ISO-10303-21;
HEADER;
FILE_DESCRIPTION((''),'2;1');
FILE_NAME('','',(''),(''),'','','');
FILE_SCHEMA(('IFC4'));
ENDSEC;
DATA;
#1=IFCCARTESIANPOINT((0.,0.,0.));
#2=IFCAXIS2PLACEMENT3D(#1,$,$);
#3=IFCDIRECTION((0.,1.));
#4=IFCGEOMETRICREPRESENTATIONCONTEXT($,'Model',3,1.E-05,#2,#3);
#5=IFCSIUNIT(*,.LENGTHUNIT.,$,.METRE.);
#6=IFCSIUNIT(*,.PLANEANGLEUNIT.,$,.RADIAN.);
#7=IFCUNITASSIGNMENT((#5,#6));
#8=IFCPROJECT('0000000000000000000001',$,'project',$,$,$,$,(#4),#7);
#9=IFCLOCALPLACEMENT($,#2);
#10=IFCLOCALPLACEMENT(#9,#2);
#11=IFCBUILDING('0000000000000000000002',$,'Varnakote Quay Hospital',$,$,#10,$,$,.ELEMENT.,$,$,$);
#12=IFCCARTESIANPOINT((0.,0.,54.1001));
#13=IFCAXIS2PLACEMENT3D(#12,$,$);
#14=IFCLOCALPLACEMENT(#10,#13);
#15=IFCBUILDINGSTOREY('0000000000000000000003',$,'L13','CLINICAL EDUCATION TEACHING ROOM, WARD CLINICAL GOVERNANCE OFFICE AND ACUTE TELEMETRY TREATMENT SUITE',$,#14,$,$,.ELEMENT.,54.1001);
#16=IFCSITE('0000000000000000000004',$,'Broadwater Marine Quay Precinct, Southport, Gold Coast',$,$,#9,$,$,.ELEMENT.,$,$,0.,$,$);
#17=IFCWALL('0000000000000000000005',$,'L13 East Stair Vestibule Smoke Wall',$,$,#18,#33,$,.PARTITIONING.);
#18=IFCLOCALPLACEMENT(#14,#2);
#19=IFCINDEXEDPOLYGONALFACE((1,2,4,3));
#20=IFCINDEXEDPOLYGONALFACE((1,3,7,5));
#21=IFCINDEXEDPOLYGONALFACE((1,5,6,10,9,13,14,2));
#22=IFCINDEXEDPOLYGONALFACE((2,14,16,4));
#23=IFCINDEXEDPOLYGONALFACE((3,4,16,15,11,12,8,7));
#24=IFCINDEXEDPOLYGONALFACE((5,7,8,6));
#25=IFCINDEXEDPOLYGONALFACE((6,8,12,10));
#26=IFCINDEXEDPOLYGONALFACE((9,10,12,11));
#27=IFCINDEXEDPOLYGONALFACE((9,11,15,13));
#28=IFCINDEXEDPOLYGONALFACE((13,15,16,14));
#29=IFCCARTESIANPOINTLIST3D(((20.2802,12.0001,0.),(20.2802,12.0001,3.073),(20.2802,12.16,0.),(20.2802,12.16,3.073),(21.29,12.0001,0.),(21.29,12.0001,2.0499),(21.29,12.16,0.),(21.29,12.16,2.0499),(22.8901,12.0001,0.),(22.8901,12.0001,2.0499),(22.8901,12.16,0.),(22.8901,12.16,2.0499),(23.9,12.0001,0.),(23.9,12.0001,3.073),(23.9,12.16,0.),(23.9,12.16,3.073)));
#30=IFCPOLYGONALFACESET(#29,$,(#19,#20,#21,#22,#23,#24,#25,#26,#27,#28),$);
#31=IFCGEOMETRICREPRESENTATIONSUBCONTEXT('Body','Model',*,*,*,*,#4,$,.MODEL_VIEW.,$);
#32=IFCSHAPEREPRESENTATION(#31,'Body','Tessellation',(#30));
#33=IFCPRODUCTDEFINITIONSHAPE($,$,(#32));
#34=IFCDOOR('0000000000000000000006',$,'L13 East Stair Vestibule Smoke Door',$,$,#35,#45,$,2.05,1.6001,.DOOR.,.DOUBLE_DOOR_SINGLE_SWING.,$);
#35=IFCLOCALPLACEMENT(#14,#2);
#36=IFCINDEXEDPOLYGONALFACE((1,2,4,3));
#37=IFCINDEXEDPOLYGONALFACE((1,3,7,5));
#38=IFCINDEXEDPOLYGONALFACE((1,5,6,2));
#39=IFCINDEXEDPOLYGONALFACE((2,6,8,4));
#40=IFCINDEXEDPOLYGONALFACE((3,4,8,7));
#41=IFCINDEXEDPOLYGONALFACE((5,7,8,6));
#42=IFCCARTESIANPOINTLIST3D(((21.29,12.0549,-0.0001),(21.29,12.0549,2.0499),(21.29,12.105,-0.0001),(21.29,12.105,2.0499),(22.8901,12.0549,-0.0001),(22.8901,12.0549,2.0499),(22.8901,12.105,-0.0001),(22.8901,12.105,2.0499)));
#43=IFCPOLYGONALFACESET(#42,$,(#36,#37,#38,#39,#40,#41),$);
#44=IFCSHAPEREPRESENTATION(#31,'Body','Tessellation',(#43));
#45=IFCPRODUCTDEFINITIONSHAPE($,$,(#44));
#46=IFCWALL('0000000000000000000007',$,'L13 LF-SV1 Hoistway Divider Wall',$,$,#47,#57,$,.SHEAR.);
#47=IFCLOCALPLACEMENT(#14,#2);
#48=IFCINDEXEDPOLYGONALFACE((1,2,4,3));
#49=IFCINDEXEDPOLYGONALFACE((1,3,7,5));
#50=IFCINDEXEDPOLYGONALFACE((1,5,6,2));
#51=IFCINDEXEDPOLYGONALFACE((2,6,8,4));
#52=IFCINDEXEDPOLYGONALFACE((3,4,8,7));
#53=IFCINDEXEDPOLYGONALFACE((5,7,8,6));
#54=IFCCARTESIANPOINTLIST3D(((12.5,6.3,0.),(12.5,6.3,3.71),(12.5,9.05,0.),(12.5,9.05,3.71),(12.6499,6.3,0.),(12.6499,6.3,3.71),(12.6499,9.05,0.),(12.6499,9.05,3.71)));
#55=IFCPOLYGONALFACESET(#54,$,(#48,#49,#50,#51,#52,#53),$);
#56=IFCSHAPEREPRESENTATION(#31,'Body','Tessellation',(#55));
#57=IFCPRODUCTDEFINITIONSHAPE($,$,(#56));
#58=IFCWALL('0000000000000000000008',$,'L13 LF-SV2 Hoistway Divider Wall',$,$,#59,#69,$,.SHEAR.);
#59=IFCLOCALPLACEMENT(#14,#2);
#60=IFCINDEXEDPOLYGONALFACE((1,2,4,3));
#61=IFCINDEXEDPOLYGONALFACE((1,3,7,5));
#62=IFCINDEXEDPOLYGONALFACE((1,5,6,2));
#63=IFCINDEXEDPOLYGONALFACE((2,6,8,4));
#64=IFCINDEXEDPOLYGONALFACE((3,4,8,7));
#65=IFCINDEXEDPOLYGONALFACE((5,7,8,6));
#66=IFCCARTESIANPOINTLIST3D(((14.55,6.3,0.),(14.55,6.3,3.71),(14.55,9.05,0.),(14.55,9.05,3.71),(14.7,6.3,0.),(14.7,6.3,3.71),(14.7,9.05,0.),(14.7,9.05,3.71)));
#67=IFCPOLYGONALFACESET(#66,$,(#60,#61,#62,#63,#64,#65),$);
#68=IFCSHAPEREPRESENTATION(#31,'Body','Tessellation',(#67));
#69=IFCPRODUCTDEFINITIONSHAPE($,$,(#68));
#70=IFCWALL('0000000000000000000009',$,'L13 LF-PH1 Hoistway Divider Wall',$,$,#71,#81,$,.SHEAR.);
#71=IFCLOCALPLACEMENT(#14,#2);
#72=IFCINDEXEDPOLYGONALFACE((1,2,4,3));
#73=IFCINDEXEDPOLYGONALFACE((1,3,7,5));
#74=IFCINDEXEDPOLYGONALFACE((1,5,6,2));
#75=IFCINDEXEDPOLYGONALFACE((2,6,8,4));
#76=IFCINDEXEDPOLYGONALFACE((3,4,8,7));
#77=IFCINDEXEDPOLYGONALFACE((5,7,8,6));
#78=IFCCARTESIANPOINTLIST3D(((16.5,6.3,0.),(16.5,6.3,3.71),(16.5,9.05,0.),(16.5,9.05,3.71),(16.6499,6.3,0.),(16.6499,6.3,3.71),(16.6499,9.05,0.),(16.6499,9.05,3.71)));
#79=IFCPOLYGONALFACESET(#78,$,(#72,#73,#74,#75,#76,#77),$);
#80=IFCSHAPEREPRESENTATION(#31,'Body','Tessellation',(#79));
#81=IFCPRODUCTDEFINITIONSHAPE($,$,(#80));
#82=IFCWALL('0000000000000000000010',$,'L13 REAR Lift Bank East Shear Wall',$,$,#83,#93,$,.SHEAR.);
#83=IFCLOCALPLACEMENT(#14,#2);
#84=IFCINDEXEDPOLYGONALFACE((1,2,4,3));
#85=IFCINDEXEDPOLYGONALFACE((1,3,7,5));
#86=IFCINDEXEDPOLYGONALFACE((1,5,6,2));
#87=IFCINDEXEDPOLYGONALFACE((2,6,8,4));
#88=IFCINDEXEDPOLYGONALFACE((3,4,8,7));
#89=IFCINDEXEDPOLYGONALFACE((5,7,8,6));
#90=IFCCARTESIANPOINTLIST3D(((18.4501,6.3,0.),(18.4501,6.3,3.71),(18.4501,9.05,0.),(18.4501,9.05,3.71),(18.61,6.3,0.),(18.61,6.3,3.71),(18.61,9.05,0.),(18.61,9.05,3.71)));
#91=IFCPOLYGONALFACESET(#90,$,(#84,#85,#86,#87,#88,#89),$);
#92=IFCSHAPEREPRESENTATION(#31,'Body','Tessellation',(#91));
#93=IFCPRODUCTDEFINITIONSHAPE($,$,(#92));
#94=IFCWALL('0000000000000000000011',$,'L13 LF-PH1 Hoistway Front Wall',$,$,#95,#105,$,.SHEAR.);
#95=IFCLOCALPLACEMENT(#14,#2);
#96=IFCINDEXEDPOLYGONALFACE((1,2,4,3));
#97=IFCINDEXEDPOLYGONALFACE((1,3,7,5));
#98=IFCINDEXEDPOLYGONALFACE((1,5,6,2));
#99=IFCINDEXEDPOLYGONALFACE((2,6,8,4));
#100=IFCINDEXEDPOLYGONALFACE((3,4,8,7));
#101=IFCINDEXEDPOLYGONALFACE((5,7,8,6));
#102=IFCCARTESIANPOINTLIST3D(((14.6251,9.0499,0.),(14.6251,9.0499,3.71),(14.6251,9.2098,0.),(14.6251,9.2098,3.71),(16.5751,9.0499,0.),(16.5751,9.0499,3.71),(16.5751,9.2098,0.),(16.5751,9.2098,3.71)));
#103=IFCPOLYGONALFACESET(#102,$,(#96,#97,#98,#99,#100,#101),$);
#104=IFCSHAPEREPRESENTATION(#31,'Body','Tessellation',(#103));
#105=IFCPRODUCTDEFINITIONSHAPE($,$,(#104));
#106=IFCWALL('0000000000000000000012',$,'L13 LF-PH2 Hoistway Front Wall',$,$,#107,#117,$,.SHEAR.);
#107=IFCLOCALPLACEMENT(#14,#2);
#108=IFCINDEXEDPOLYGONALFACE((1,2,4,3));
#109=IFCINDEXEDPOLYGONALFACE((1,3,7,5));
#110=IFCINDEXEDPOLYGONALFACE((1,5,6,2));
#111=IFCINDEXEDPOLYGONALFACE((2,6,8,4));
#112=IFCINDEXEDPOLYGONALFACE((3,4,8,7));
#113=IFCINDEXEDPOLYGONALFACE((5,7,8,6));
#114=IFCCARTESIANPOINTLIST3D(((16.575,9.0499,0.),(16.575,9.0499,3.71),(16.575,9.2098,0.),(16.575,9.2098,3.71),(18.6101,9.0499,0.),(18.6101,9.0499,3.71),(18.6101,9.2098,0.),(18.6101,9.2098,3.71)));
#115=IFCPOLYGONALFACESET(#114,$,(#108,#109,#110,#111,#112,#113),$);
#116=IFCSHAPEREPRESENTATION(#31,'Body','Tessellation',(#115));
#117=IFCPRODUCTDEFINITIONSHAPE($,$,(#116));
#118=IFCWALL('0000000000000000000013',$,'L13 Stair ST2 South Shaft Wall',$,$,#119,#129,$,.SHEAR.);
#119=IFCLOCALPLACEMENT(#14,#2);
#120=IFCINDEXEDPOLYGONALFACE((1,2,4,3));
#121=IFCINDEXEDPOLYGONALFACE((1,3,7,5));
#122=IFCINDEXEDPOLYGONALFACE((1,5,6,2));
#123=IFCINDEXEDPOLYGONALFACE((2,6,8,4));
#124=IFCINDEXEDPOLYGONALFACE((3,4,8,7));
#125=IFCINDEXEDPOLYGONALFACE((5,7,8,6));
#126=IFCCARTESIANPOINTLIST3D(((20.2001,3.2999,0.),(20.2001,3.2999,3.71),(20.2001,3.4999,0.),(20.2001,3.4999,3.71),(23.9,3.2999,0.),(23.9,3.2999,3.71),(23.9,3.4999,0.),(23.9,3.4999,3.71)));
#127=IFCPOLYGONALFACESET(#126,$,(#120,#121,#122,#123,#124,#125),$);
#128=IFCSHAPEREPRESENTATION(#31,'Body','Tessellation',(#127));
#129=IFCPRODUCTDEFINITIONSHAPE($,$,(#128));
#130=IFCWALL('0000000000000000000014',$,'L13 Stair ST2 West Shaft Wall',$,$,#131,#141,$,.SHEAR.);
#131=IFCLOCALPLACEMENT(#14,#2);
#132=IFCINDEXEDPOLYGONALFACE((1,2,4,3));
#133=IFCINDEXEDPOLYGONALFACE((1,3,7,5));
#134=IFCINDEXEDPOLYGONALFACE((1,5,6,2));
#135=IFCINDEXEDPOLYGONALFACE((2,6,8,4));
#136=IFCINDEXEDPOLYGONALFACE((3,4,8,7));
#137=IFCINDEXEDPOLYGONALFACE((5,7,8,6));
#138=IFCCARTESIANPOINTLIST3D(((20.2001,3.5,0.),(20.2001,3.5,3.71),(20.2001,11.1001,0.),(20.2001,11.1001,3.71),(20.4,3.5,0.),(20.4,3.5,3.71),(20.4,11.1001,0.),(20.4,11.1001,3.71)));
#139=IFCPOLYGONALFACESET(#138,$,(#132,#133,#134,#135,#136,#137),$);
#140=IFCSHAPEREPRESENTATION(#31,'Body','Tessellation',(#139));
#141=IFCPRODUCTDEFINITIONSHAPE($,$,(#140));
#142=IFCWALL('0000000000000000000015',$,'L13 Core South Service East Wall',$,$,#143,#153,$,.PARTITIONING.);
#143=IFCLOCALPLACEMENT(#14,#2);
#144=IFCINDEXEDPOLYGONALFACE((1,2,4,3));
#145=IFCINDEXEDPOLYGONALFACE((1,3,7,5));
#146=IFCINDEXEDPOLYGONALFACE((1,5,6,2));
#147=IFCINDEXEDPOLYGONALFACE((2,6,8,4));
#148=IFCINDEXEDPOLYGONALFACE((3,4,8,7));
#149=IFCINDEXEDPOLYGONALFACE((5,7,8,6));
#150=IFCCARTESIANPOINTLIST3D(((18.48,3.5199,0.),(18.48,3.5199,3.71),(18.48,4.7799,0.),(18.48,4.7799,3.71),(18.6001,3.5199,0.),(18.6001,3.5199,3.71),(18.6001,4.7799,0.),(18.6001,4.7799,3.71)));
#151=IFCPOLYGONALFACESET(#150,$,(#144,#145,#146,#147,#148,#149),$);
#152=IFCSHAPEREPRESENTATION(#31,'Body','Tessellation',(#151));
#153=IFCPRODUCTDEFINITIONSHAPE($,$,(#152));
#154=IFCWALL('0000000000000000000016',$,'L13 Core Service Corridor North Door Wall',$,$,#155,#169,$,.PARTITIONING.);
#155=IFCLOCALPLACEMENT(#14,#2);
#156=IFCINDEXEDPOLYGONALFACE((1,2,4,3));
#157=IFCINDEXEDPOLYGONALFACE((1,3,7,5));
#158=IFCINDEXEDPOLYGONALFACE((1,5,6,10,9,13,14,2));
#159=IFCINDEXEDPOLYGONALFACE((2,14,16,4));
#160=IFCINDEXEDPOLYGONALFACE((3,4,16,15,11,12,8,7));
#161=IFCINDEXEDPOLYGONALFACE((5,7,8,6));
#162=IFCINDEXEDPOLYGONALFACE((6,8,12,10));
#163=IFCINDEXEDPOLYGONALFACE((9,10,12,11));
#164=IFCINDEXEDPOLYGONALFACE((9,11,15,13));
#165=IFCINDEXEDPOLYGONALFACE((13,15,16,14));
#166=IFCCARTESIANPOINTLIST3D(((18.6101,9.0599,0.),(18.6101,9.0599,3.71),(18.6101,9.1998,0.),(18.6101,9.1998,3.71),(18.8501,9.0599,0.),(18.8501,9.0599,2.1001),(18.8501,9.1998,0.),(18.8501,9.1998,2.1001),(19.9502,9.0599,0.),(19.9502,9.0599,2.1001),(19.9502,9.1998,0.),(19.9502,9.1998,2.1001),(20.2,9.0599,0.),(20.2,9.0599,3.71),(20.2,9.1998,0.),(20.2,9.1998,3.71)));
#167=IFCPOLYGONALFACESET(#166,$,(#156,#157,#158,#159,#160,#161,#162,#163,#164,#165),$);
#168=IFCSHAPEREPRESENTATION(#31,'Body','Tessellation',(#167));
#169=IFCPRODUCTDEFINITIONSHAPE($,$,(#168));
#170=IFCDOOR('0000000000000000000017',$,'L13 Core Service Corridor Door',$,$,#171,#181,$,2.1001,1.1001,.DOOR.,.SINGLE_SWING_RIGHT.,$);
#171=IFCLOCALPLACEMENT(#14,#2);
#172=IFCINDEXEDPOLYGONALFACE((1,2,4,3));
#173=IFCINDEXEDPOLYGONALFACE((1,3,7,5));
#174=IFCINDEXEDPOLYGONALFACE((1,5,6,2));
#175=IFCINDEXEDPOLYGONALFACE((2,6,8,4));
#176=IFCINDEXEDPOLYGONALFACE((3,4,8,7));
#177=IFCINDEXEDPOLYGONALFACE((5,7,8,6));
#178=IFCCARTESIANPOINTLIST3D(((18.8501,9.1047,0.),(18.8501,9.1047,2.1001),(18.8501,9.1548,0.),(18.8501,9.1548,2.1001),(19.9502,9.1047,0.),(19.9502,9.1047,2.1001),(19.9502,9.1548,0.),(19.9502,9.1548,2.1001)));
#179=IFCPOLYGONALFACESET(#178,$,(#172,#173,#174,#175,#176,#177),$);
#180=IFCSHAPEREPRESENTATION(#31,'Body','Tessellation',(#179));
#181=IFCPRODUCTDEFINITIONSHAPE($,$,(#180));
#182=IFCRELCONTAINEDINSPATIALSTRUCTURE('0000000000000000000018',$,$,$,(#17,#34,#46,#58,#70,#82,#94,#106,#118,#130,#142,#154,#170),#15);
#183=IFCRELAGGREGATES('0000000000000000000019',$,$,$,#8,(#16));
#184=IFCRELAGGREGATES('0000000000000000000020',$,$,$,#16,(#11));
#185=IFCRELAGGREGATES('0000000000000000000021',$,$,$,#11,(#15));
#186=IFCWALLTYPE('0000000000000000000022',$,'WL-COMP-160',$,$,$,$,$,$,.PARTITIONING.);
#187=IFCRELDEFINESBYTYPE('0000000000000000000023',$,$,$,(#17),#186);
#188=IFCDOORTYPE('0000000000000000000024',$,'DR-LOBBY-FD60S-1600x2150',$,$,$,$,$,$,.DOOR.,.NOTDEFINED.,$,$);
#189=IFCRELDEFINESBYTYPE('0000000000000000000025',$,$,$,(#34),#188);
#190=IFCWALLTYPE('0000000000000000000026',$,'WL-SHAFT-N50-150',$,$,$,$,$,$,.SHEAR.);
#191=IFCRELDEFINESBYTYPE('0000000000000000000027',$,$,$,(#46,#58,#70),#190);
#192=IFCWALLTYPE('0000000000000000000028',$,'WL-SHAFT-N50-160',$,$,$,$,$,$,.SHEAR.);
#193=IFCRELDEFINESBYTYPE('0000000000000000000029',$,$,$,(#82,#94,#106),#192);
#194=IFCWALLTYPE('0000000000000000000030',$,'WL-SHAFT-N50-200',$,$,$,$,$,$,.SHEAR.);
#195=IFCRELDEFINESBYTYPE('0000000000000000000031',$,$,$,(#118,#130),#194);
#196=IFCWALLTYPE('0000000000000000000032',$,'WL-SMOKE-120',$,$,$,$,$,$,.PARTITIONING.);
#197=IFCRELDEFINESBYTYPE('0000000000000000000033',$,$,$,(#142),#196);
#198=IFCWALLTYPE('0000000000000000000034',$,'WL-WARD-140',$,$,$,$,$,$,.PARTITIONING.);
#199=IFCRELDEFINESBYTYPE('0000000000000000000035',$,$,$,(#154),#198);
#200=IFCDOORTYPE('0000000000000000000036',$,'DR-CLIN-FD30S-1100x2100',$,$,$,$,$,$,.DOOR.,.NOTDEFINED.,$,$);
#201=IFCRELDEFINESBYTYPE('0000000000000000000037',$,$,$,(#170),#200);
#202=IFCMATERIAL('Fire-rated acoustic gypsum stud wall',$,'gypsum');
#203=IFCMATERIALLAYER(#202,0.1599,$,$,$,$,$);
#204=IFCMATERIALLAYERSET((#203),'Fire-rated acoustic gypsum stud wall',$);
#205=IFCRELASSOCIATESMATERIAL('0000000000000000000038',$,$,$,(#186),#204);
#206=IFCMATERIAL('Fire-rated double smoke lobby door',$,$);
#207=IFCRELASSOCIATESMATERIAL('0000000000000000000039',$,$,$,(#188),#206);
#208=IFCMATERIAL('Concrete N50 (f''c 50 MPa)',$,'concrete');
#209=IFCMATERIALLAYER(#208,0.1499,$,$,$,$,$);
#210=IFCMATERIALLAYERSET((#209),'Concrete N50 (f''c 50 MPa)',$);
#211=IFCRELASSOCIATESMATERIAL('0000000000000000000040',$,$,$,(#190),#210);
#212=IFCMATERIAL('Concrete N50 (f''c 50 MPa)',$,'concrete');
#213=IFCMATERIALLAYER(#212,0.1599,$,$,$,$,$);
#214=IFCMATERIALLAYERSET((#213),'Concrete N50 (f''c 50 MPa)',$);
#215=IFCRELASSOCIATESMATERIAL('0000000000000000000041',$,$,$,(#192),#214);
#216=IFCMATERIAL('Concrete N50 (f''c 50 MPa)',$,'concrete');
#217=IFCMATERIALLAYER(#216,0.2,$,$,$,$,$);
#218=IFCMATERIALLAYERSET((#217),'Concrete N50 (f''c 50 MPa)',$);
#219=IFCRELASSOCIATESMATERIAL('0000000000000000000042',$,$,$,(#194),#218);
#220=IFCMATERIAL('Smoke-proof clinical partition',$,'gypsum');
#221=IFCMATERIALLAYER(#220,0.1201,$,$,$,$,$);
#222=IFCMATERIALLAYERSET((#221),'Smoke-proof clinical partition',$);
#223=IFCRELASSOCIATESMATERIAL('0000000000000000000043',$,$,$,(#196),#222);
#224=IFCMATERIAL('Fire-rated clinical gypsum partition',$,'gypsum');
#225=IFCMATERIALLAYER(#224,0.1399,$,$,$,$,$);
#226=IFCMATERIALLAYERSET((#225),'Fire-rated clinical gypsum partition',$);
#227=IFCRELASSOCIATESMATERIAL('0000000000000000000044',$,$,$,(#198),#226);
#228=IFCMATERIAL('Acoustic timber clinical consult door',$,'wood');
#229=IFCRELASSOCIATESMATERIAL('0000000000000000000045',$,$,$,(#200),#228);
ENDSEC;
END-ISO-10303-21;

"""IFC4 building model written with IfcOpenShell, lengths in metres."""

from ifc_helpers import new_model, si_unit, direction, frame, frame_2d, origin, place, context, subcontext, project, spatial, rectangle, extrude, material, layer, layer_set, type_object, element, fill, save


model = new_model("IFC4")

# Units and contexts
model_context = context("Model", 3, precision=1e-05, world=origin(), true_north=direction((0.0, 1.0)))
body_context = subcontext(model_context, "Body", "Model", "MODEL_VIEW")
ifc_project = project(units=[si_unit("LENGTHUNIT", "METRE"), si_unit("PLANEANGLEUNIT", "RADIAN")], contexts=[model_context])

# Site, building, storey
site_placement = place(None, origin())
site = spatial("IfcSite", under=ifc_project, at=site_placement, Name="Broadwater Marine Quay Precinct, Southport, Gold Coast", CompositionType="ELEMENT", RefElevation=0.0)
building_placement = place(site_placement, origin())
building = spatial("IfcBuilding", under=site, at=building_placement, Name="Varnakote Quay Hospital", CompositionType="ELEMENT")
storey_placement = place(building_placement, frame((0.0, 0.0, 54.1001)))
storey = spatial("IfcBuildingStorey", under=building, at=storey_placement, Name="L13", Description="CLINICAL EDUCATION TEACHING ROOM, WARD CLINICAL GOVERNANCE OFFICE AND ACUTE TELEMETRY TREATMENT SUITE", CompositionType="ELEMENT", Elevation=54.1001)

# Shared definitions
ifc_material_1 = material(Name="Fire-rated acoustic gypsum stud wall", Category="gypsum")
ifc_layer_1 = layer(ifc_material_1, 0.1599)
ifc_layer_set_1 = layer_set([ifc_layer_1], Name="Fire-rated acoustic gypsum stud wall")
wall_type_1 = type_object("IfcWallType", Name="WL-COMP-160", PredefinedType="PARTITIONING", material=ifc_layer_set_1)

# Shared definitions
ifc_material_2 = material(Name="Fire-rated double smoke lobby door")
door_type_1 = type_object("IfcDoorType", Name="DR-LOBBY-FD60S-1600x2150", OperationType="NOTDEFINED", PredefinedType="DOOR", material=ifc_material_2)

# Wall, opening, door
wall_1_placement = place(storey_placement, frame((20.28, 12.0801, 0.0), z_axis=(0.0, 0.0, 1.0), x_axis=(1.0, 0.0, 0.0)))
wall_1 = element("IfcWall", 1, at=wall_1_placement, inside=storey, type_object=wall_type_1, Name="L13 East Stair Vestibule Smoke Wall", PredefinedType="PARTITIONING", context=body_context, shape_type="SweptSolid", body=[
    extrude(rectangle(XDim=3.6199, YDim=0.1599, at=frame_2d((1.8101, 0.0))), origin(), (0.0, 0.0, 1.0), 3.073),
])
opening_1_placement = place(wall_1_placement, frame((1.01, 0.0, 0.0)))
opening_1 = element("IfcOpeningElement", 2, at=opening_1_placement, cuts=wall_1, PredefinedType="OPENING", context=body_context, shape_type="SweptSolid", body=[
    extrude(rectangle(XDim=1.6001, YDim=2.05, at=frame_2d((0.8, 1.0249))), frame((0.0, 0.0898, 0.0), z_axis=(0.0, -1.0, 0.0), x_axis=(1.0, 0.0, 0.0)), (0.0, 0.0, 1.0), 0.1799),
])
door_1_placement = place(opening_1_placement, origin())
door_1 = element("IfcDoor", 3, at=door_1_placement, inside=storey, type_object=door_type_1, Name="L13 East Stair Vestibule Smoke Door", OperationType="DOUBLE_DOOR_SINGLE_SWING", OverallHeight=2.05, OverallWidth=1.6001, PredefinedType="DOOR", context=body_context, shape_type="SweptSolid", body=[
    extrude(rectangle(XDim=1.6001, YDim=2.05, at=frame_2d((0.8, 1.0249))), frame((0.0, 0.0249, 0.0), z_axis=(0.0, -1.0, 0.0), x_axis=(1.0, 0.0, 0.0)), (0.0, 0.0, 1.0), 0.05),
])
fill(opening_1, door_1)

# Walls
ifc_material_3 = material(Name="Concrete N50 (f'c 50 MPa)", Category="concrete")
ifc_layer_2 = layer(ifc_material_3, 0.1499)
ifc_layer_set_2 = layer_set([ifc_layer_2], Name="Concrete N50 (f'c 50 MPa)")
wall_type_2 = type_object("IfcWallType", Name="WL-SHAFT-N50-150", PredefinedType="SHEAR", material=ifc_layer_set_2)
for number, where, z_axis, x_axis, name in (
    (4, (12.575, 6.3, 0.0), (0.0, 0.0, 1.0), (0.0, 1.0, 0.0), "L13 LF-SV1 Hoistway Divider Wall"),
    (5, (14.625, 6.3, 0.0), (0.0, 0.0, 1.0), (0.0, 1.0, 0.0), "L13 LF-SV2 Hoistway Divider Wall"),
    (6, (16.575, 6.3, 0.0), (0.0, 0.0, 1.0), (0.0, 1.0, 0.0), "L13 LF-PH1 Hoistway Divider Wall"),
):
    element("IfcWall", number, at=place(storey_placement, frame(where, z_axis=z_axis, x_axis=x_axis)), inside=storey, type_object=wall_type_2, Name=name, PredefinedType="SHEAR", context=body_context, shape_type="SweptSolid", body=[
        extrude(rectangle(XDim=2.75, YDim=0.1499, at=frame_2d((1.375, 0.0))), origin(), (0.0, 0.0, 1.0), 3.71),
    ])
ifc_material_4 = material(Name="Concrete N50 (f'c 50 MPa)", Category="concrete")
ifc_layer_3 = layer(ifc_material_4, 0.1599)
ifc_layer_set_3 = layer_set([ifc_layer_3], Name="Concrete N50 (f'c 50 MPa)")
wall_type_3 = type_object("IfcWallType", Name="WL-SHAFT-N50-160", PredefinedType="SHEAR", material=ifc_layer_set_3)
wall_2_placement = place(storey_placement, frame((18.53, 6.3, 0.0), z_axis=(0.0, 0.0, 1.0), x_axis=(0.0, 1.0, 0.0)))
element("IfcWall", 7, at=wall_2_placement, inside=storey, type_object=wall_type_3, Name="L13 REAR Lift Bank East Shear Wall", PredefinedType="SHEAR", context=body_context, shape_type="SweptSolid", body=[
    extrude(rectangle(XDim=2.75, YDim=0.1599, at=frame_2d((1.375, 0.0))), origin(), (0.0, 0.0, 1.0), 3.71),
])

# Walls
wall_3_placement = place(storey_placement, frame((14.625, 9.1299, 0.0), z_axis=(0.0, 0.0, 1.0), x_axis=(1.0, 0.0, 0.0)))
element("IfcWall", 8, at=wall_3_placement, inside=storey, type_object=wall_type_3, Name="L13 LF-PH1 Hoistway Front Wall", PredefinedType="SHEAR", context=body_context, shape_type="SweptSolid", body=[
    extrude(rectangle(XDim=1.95, YDim=0.1599, at=frame_2d((0.9751, 0.0))), origin(), (0.0, 0.0, 1.0), 3.71),
])
wall_4_placement = place(storey_placement, frame((16.575, 9.1299, 0.0), z_axis=(0.0, 0.0, 1.0), x_axis=(1.0, 0.0, 0.0)))
element("IfcWall", 9, at=wall_4_placement, inside=storey, type_object=wall_type_3, Name="L13 LF-PH2 Hoistway Front Wall", PredefinedType="SHEAR", context=body_context, shape_type="SweptSolid", body=[
    extrude(rectangle(XDim=2.0352, YDim=0.1599, at=frame_2d((1.0176, 0.0))), origin(), (0.0, 0.0, 1.0), 3.71),
])
ifc_material_5 = material(Name="Concrete N50 (f'c 50 MPa)", Category="concrete")
ifc_layer_4 = layer(ifc_material_5, 0.2)
ifc_layer_set_4 = layer_set([ifc_layer_4], Name="Concrete N50 (f'c 50 MPa)")
wall_type_4 = type_object("IfcWallType", Name="WL-SHAFT-N50-200", PredefinedType="SHEAR", material=ifc_layer_set_4)
wall_5_placement = place(storey_placement, frame((20.2, 3.3999, 0.0), z_axis=(0.0, 0.0, 1.0), x_axis=(1.0, 0.0, 0.0)))
element("IfcWall", 10, at=wall_5_placement, inside=storey, type_object=wall_type_4, Name="L13 Stair ST2 South Shaft Wall", PredefinedType="SHEAR", context=body_context, shape_type="SweptSolid", body=[
    extrude(rectangle(XDim=3.7, YDim=0.2, at=frame_2d((1.8501, 0.0))), origin(), (0.0, 0.0, 1.0), 3.71),
])
wall_6_placement = place(storey_placement, frame((20.3, 3.5, 0.0), z_axis=(0.0, 0.0, 1.0), x_axis=(0.0, 1.0, 0.0)))
element("IfcWall", 11, at=wall_6_placement, inside=storey, type_object=wall_type_4, Name="L13 Stair ST2 West Shaft Wall", PredefinedType="SHEAR", context=body_context, shape_type="SweptSolid", body=[
    extrude(rectangle(XDim=7.6001, YDim=0.2, at=frame_2d((3.8, 0.0))), origin(), (0.0, 0.0, 1.0), 3.71),
])

# Wall
ifc_material_6 = material(Name="Smoke-proof clinical partition", Category="gypsum")
ifc_layer_5 = layer(ifc_material_6, 0.1201)
ifc_layer_set_5 = layer_set([ifc_layer_5], Name="Smoke-proof clinical partition")
wall_type_5 = type_object("IfcWallType", Name="WL-SMOKE-120", PredefinedType="PARTITIONING", material=ifc_layer_set_5)
wall_7_placement = place(storey_placement, frame((18.54, 3.52, 0.0), z_axis=(0.0, 0.0, 1.0), x_axis=(0.0, 1.0, 0.0)))
element("IfcWall", 12, at=wall_7_placement, inside=storey, type_object=wall_type_5, Name="L13 Core South Service East Wall", PredefinedType="PARTITIONING", context=body_context, shape_type="SweptSolid", body=[
    extrude(rectangle(XDim=1.26, YDim=0.1201, at=frame_2d((0.6299, 0.0))), origin(), (0.0, 0.0, 1.0), 3.71),
])

# Wall, opening, door
ifc_material_7 = material(Name="Fire-rated clinical gypsum partition", Category="gypsum")
ifc_layer_6 = layer(ifc_material_7, 0.1399)
ifc_layer_set_6 = layer_set([ifc_layer_6], Name="Fire-rated clinical gypsum partition")
wall_type_6 = type_object("IfcWallType", Name="WL-WARD-140", PredefinedType="PARTITIONING", material=ifc_layer_set_6)
wall_8_placement = place(storey_placement, frame((18.6101, 9.1299, 0.0), z_axis=(0.0, 0.0, 1.0), x_axis=(1.0, 0.0, 0.0)))
wall_8 = element("IfcWall", 13, at=wall_8_placement, inside=storey, type_object=wall_type_6, Name="L13 Core Service Corridor North Door Wall", PredefinedType="PARTITIONING", context=body_context, shape_type="SweptSolid", body=[
    extrude(rectangle(XDim=1.5898, YDim=0.1399, at=frame_2d((0.7949, 0.0))), origin(), (0.0, 0.0, 1.0), 3.71),
])
opening_2_placement = place(wall_8_placement, frame((0.24, 0.0, 0.0)))
opening_2 = element("IfcOpeningElement", 14, at=opening_2_placement, cuts=wall_8, PredefinedType="OPENING", context=body_context, shape_type="SweptSolid", body=[
    extrude(rectangle(XDim=1.1001, YDim=2.1001, at=frame_2d((0.55, 1.05))), frame((0.0, 0.0798, 0.0), z_axis=(0.0, -1.0, 0.0), x_axis=(1.0, 0.0, 0.0)), (0.0, 0.0, 1.0), 0.1599),
])
ifc_material_8 = material(Name="Acoustic timber clinical consult door", Category="wood")
door_type_2 = type_object("IfcDoorType", Name="DR-CLIN-FD30S-1100x2100", OperationType="NOTDEFINED", PredefinedType="DOOR", material=ifc_material_8)
door_2_placement = place(opening_2_placement, origin())
door_2 = element("IfcDoor", 15, at=door_2_placement, inside=storey, type_object=door_type_2, Name="L13 Core Service Corridor Door", OperationType="SINGLE_SWING_RIGHT", OverallHeight=2.1001, OverallWidth=1.1001, PredefinedType="DOOR", context=body_context, shape_type="SweptSolid", body=[
    extrude(rectangle(XDim=1.1001, YDim=2.1001, at=frame_2d((0.55, 1.05))), frame((0.0, 0.0249, 0.0), z_axis=(0.0, -1.0, 0.0), x_axis=(1.0, 0.0, 0.0)), (0.0, 0.0, 1.0), 0.05),
])
fill(opening_2, door_2)

save(model, "model.ifc")
